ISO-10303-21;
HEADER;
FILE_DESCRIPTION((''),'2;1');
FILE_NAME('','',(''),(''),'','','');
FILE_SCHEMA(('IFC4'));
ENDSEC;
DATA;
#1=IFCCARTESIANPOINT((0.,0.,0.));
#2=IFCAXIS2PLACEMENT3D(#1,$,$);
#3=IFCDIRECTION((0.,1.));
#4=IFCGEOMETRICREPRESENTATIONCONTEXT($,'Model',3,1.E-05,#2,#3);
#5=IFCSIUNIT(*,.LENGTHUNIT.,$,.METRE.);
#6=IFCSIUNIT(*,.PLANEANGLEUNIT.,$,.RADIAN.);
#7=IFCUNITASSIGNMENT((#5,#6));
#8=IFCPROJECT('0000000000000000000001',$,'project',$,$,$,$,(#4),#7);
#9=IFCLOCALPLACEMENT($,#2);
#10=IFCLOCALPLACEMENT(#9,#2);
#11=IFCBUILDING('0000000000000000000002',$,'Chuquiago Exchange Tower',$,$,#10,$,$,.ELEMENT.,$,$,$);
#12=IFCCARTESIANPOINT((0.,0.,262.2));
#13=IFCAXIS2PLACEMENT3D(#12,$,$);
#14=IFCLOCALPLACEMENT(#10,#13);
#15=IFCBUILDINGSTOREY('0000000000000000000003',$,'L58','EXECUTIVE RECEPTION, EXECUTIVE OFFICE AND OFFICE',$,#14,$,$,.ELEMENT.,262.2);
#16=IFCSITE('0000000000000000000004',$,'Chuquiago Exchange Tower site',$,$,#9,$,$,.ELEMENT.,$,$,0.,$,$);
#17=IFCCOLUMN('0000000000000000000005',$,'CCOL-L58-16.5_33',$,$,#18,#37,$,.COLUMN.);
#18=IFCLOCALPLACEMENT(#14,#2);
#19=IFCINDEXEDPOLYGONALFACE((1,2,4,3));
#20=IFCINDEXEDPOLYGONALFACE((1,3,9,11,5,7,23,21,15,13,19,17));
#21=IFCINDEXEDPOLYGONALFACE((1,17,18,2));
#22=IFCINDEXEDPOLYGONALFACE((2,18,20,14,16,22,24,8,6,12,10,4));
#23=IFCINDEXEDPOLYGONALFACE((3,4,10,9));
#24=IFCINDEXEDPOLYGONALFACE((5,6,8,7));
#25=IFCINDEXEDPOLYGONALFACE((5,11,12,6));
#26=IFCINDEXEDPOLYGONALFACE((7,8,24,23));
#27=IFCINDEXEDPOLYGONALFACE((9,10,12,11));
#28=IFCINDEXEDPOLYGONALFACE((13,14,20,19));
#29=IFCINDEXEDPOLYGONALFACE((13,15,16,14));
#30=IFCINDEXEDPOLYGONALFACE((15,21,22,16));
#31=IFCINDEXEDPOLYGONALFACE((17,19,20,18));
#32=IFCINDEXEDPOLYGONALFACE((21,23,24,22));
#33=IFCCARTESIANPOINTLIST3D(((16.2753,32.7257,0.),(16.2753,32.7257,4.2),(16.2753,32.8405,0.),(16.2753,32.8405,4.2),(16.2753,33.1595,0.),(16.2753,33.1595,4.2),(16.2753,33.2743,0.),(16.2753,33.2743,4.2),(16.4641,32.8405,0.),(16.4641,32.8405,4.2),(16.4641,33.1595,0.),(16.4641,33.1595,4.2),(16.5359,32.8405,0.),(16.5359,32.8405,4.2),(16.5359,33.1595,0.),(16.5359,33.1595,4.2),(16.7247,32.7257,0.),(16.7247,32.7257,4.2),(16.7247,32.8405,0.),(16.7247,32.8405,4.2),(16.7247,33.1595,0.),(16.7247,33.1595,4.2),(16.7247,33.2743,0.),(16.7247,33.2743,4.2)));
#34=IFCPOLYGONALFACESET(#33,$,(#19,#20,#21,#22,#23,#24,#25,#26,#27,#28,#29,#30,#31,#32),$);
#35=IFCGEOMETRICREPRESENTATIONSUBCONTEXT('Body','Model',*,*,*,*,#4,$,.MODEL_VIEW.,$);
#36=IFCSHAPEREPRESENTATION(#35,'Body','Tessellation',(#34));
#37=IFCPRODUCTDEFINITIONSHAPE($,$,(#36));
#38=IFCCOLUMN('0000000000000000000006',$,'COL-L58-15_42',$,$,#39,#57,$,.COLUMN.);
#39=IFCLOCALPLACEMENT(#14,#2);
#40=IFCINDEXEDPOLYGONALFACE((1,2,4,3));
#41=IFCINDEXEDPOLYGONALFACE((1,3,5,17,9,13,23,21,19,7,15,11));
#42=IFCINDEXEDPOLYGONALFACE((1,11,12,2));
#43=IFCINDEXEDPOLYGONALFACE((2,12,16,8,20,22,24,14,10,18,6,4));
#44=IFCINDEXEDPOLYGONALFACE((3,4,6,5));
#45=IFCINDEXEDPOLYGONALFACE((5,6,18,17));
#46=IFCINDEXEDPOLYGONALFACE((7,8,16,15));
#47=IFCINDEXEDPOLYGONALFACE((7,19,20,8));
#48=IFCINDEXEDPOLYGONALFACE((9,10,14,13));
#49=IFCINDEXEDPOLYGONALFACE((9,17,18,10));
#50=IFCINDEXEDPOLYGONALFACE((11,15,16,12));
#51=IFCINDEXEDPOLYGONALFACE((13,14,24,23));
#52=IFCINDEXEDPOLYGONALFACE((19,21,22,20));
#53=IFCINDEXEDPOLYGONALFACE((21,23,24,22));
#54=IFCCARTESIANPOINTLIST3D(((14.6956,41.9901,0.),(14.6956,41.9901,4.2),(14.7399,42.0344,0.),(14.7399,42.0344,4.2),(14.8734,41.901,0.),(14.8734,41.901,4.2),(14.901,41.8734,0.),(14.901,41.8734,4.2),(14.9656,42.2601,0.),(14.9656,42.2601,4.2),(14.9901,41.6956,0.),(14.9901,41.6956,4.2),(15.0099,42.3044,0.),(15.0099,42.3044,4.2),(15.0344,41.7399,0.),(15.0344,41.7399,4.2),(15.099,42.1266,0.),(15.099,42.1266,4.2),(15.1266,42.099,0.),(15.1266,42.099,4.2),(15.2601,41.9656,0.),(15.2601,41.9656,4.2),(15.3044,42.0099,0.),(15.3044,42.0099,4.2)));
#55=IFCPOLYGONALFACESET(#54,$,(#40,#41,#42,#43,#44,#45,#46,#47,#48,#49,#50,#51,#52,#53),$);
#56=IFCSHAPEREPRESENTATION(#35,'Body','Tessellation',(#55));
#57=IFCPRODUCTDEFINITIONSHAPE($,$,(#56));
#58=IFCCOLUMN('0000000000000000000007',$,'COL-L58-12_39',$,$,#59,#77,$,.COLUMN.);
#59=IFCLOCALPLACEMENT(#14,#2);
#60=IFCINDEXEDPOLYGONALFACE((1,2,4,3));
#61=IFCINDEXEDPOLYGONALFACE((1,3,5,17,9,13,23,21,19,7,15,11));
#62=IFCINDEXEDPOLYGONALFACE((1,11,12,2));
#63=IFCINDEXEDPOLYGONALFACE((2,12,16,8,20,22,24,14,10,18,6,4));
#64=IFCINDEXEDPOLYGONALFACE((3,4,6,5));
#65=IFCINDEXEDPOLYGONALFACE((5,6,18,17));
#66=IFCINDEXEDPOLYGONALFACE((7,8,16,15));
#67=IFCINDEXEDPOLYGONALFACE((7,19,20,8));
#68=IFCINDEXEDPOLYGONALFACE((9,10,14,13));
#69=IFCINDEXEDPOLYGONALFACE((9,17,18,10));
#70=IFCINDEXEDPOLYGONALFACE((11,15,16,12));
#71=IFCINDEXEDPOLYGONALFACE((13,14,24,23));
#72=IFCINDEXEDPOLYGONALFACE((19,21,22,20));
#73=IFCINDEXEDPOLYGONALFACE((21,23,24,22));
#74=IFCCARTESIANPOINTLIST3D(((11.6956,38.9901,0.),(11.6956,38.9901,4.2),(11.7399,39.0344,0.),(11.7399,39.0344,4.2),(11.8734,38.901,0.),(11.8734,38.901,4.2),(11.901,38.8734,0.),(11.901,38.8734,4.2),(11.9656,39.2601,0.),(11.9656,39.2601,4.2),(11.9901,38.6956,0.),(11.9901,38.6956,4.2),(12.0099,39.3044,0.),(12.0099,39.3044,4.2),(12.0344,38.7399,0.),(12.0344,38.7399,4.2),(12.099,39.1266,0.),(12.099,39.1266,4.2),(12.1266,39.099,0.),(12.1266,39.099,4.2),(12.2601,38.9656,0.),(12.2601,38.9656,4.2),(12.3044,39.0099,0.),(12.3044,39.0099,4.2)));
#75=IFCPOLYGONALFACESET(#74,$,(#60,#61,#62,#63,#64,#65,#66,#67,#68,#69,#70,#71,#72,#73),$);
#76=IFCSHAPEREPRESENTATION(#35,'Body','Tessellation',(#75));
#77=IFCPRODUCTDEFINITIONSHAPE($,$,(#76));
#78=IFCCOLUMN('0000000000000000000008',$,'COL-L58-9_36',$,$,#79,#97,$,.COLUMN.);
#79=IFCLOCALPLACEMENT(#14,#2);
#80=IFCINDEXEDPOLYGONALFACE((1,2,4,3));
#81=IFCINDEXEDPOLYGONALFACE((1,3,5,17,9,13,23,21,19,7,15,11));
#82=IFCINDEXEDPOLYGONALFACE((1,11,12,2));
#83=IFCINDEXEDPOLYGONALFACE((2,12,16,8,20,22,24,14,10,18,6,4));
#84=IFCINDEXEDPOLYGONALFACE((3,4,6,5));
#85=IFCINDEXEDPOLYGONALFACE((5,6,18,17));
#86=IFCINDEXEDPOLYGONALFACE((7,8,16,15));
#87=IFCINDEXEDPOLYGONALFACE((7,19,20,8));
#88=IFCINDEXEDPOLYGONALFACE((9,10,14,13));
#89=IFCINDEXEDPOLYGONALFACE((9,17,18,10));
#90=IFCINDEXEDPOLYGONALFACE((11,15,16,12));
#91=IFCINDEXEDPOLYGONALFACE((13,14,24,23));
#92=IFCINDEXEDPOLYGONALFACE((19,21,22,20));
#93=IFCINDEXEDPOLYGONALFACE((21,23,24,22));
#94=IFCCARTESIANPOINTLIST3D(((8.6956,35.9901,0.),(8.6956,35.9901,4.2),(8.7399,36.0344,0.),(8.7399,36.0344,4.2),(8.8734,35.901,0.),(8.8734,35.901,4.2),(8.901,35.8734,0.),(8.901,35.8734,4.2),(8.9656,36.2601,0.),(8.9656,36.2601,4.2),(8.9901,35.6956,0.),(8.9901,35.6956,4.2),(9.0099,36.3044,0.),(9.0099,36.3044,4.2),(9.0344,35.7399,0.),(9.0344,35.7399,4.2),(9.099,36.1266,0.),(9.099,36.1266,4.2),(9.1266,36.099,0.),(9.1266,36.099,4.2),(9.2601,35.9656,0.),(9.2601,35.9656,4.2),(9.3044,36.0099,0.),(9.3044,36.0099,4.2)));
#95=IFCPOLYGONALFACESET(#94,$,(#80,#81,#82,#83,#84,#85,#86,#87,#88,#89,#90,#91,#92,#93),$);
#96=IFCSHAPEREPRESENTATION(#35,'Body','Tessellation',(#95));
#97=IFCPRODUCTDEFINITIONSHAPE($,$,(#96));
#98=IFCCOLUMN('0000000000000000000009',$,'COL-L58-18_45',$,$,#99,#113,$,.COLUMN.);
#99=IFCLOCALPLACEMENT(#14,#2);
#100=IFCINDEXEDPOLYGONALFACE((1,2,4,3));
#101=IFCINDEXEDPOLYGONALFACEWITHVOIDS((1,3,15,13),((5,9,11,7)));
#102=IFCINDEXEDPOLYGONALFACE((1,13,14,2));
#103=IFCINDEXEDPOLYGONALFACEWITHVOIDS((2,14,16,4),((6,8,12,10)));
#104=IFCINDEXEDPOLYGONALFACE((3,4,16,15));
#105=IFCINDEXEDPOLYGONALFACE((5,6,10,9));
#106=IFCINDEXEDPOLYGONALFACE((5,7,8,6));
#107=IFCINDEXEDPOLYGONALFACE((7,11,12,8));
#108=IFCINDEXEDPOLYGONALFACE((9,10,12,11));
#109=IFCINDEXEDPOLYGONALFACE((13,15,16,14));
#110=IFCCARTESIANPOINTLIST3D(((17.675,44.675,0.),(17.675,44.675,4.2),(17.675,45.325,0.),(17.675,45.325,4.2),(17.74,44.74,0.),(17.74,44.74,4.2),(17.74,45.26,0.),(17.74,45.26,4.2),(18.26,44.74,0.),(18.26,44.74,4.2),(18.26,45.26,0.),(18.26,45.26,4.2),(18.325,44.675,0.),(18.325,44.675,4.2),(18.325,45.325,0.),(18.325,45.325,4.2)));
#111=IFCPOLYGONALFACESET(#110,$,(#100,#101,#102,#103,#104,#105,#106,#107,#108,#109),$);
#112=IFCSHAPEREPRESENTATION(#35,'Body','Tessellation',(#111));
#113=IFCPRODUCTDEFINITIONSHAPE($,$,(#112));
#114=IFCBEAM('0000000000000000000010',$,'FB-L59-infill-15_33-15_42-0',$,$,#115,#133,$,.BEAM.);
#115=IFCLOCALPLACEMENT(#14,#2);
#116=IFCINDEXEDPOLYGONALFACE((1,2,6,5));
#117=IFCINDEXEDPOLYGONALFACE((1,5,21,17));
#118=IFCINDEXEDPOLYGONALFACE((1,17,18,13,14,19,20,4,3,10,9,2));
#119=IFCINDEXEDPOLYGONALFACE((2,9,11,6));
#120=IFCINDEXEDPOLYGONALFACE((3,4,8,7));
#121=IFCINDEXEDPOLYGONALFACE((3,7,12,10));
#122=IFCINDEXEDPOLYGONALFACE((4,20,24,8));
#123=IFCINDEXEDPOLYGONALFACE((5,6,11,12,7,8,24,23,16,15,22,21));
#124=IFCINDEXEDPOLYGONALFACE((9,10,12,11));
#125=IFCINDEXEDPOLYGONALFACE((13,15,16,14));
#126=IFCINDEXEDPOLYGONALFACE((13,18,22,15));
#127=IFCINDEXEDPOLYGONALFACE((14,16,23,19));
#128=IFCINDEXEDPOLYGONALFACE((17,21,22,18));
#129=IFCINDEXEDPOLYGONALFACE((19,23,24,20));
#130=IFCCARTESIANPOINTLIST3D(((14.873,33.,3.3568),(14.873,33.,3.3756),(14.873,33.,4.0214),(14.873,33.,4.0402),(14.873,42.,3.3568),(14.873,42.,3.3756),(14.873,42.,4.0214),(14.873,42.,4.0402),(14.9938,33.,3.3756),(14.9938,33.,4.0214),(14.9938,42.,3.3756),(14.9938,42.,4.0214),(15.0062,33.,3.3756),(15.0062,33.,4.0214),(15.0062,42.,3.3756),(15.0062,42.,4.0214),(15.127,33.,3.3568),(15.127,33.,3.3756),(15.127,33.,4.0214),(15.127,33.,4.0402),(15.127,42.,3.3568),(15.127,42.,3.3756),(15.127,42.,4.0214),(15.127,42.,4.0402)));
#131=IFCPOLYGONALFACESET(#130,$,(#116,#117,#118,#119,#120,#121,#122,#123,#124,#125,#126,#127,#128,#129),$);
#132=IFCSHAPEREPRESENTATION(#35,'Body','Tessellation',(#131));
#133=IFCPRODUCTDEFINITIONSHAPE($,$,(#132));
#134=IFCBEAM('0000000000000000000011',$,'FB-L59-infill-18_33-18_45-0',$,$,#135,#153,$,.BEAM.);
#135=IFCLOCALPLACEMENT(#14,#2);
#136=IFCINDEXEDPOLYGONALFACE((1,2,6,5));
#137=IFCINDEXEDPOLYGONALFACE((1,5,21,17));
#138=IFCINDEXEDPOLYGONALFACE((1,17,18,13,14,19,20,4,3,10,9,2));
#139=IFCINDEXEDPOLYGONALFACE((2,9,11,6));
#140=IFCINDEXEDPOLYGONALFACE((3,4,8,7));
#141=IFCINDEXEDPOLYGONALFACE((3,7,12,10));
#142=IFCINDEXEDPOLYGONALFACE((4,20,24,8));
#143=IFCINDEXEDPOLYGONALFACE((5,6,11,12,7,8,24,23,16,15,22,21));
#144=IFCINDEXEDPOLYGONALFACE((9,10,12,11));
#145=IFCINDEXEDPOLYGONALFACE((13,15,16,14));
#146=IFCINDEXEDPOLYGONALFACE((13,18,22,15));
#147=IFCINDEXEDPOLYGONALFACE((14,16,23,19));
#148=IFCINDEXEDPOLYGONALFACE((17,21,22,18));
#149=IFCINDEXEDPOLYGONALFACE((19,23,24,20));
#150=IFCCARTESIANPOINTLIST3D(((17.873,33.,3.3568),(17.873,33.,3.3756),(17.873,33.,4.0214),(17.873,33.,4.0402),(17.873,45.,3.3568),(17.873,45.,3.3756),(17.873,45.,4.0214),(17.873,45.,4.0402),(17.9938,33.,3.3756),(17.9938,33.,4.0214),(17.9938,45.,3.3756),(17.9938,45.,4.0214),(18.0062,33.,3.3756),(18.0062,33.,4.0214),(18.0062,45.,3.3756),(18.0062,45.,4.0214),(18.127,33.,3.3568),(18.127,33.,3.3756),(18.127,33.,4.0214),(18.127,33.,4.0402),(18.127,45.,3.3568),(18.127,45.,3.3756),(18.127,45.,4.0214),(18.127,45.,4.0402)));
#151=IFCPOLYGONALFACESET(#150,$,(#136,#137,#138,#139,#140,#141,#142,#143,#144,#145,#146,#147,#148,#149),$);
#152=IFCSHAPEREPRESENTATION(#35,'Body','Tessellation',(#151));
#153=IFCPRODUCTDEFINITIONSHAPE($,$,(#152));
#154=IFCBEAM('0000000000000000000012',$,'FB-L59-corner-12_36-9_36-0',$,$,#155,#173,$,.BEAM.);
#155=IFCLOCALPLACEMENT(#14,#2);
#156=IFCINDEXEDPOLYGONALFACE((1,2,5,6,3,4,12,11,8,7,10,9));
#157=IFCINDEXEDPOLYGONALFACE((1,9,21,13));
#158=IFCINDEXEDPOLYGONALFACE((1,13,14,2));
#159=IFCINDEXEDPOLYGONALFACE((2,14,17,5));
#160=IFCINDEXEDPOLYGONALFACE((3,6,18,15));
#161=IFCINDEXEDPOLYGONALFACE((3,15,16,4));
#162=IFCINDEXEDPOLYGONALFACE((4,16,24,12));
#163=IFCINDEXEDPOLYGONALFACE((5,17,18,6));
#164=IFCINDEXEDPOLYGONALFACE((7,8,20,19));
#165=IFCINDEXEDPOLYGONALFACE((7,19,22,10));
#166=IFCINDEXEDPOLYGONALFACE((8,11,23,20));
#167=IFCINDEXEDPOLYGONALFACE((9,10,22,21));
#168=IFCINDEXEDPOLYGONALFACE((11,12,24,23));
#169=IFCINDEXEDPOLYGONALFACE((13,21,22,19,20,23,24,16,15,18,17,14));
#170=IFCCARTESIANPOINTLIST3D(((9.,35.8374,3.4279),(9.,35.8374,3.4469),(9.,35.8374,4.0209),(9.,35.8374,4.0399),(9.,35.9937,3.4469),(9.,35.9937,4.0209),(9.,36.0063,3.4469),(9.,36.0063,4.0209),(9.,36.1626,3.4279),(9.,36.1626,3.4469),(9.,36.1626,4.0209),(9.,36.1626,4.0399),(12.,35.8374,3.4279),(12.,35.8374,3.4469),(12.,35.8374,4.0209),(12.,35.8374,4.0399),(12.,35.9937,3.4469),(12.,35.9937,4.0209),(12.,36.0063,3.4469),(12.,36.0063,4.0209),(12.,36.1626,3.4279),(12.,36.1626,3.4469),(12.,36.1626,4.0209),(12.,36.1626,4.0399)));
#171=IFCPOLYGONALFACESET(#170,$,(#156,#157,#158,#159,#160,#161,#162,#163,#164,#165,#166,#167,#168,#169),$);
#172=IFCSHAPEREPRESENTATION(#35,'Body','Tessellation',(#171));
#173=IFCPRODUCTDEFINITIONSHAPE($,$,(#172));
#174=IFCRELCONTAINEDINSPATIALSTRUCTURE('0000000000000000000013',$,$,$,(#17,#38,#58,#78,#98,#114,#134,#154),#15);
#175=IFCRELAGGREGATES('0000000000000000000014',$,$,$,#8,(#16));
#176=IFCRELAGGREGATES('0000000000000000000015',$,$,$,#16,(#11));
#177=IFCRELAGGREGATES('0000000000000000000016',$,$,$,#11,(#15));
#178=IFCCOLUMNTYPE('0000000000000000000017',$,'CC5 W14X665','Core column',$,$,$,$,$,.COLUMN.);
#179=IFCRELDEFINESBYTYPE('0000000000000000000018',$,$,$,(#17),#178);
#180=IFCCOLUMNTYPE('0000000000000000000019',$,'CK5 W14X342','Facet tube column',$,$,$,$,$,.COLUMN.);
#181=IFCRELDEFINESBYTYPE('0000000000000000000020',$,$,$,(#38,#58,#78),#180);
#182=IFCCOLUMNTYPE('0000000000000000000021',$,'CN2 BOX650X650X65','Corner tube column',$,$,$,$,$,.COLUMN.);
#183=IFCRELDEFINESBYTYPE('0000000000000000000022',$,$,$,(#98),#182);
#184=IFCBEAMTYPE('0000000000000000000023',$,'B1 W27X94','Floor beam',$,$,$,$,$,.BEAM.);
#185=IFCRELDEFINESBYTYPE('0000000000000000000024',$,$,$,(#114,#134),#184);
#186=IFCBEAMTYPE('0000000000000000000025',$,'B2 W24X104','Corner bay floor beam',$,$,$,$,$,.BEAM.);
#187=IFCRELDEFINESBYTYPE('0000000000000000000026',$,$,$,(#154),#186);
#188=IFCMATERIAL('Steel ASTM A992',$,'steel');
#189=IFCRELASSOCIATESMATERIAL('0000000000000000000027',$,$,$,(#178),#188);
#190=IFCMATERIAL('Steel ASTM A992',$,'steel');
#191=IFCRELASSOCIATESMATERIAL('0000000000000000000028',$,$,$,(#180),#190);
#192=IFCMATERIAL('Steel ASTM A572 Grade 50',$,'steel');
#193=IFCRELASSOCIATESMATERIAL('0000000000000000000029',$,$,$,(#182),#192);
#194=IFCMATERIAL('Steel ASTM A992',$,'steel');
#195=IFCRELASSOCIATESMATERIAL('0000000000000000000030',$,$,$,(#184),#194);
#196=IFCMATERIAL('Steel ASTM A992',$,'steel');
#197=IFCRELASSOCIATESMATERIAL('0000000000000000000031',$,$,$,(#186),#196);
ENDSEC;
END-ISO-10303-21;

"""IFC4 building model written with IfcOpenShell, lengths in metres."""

from ifc_helpers import new_model, si_unit, direction, frame, origin, origin_2d, place, context, subcontext, project, spatial, hollow_rectangle, i_section, extrude, material, material_profile, profile_set, type_object, element, save


model = new_model("IFC4")

# Units and contexts
model_context = context("Model", 3, precision=1e-05, world=origin(), true_north=direction((0.0, 1.0)))
body_context = subcontext(model_context, "Body", "Model", "MODEL_VIEW")
ifc_project = project(units=[si_unit("LENGTHUNIT", "METRE"), si_unit("PLANEANGLEUNIT", "RADIAN")], contexts=[model_context])

# Site, building, storey
site_placement = place(None, origin())
site = spatial("IfcSite", under=ifc_project, at=site_placement, Name="Chuquiago Exchange Tower site", CompositionType="ELEMENT", RefElevation=0.0)
building_placement = place(site_placement, origin())
building = spatial("IfcBuilding", under=site, at=building_placement, Name="Chuquiago Exchange Tower", CompositionType="ELEMENT")
storey_placement = place(building_placement, frame((0.0, 0.0, 262.2)))
storey = spatial("IfcBuildingStorey", under=building, at=storey_placement, Name="L58", Description="EXECUTIVE RECEPTION, EXECUTIVE OFFICE AND OFFICE", CompositionType="ELEMENT", Elevation=262.2)

# Columns
ifc_material_1 = material(Name="Steel ASTM A992", Category="steel")
ifc_material_profile_1 = material_profile(ifc_material_1, i_section(OverallWidth=0.4495, OverallDepth=0.5486, WebThickness=0.0718, FlangeThickness=0.1147, at=origin_2d()), Name="W14X665")
ifc_profile_set_1 = profile_set([ifc_material_profile_1], Name="Steel ASTM A992")
column_type_1 = type_object("IfcColumnType", Name="CC5 W14X665", Description="Core column", PredefinedType="COLUMN", material=ifc_profile_set_1)
column_1_placement = place(storey_placement, frame((16.5, 33.0, 0.0), z_axis=(0.0, 0.0, 1.0), x_axis=(1.0, 0.0, 0.0)))
element("IfcColumn", 1, at=column_1_placement, inside=storey, type_object=column_type_1, Name="CCOL-L58-16.5_33", PredefinedType="COLUMN", context=body_context, shape_type="SweptSolid", body=[
    extrude(i_section(OverallWidth=0.4495, OverallDepth=0.5486, WebThickness=0.0718, FlangeThickness=0.1147, at=origin_2d()), origin(), (0.0, 0.0, 1.0), 4.2),
])
ifc_material_2 = material(Name="Steel ASTM A992", Category="steel")
ifc_material_profile_2 = material_profile(ifc_material_2, i_section(OverallWidth=0.4165, OverallDepth=0.4446, WebThickness=0.0391, FlangeThickness=0.0627, at=origin_2d()), Name="W14X342")
ifc_profile_set_2 = profile_set([ifc_material_profile_2], Name="Steel ASTM A992")
column_type_2 = type_object("IfcColumnType", Name="CK5 W14X342", Description="Facet tube column", PredefinedType="COLUMN", material=ifc_profile_set_2)
for number, where, z_axis, x_axis, name in (
    (2, (15.0, 42.0, 0.0), (0.0, 0.0, 1.0), (-0.707107, 0.707107, 0.0), "COL-L58-15_42"),
    (3, (12.0, 39.0, 0.0), (0.0, 0.0, 1.0), (-0.707107, 0.707107, 0.0), "COL-L58-12_39"),
    (4, (9.0, 36.0, 0.0), (0.0, 0.0, 1.0), (-0.707107, 0.707107, 0.0), "COL-L58-9_36"),
):
    element("IfcColumn", number, at=place(storey_placement, frame(where, z_axis=z_axis, x_axis=x_axis)), inside=storey, type_object=column_type_2, Name=name, PredefinedType="COLUMN", context=body_context, shape_type="SweptSolid", body=[
        extrude(i_section(OverallWidth=0.4165, OverallDepth=0.4446, WebThickness=0.0391, FlangeThickness=0.0627, at=origin_2d()), origin(), (0.0, 0.0, 1.0), 4.2),
    ])
ifc_material_3 = material(Name="Steel ASTM A572 Grade 50", Category="steel")
ifc_material_profile_3 = material_profile(ifc_material_3, hollow_rectangle(XDim=0.6499, YDim=0.6499, WallThickness=0.0649, at=origin_2d()), Name="BOX650X650X65")
ifc_profile_set_3 = profile_set([ifc_material_profile_3], Name="Steel ASTM A572 Grade 50")
column_type_3 = type_object("IfcColumnType", Name="CN2 BOX650X650X65", Description="Corner tube column", PredefinedType="COLUMN", material=ifc_profile_set_3)
column_2_placement = place(storey_placement, frame((18.0, 45.0, 0.0), z_axis=(0.0, 0.0, 1.0), x_axis=(0.0, 1.0, 0.0)))
element("IfcColumn", 5, at=column_2_placement, inside=storey, type_object=column_type_3, Name="COL-L58-18_45", PredefinedType="COLUMN", context=body_context, shape_type="SweptSolid", body=[
    extrude(hollow_rectangle(XDim=0.6499, YDim=0.6499, WallThickness=0.0649, at=origin_2d()), origin(), (0.0, 0.0, 1.0), 4.2),
])

# Beams
ifc_material_4 = material(Name="Steel ASTM A992", Category="steel")
ifc_material_profile_4 = material_profile(ifc_material_4, i_section(OverallWidth=0.2539, OverallDepth=0.6833, WebThickness=0.0125, FlangeThickness=0.0188, at=origin_2d()), Name="W27X94")
ifc_profile_set_4 = profile_set([ifc_material_profile_4], Name="Steel ASTM A992")
beam_type_1 = type_object("IfcBeamType", Name="B1 W27X94", Description="Floor beam", PredefinedType="BEAM", material=ifc_profile_set_4)
beam_1_placement = place(storey_placement, frame((15.0, 33.0, 3.6985), z_axis=(0.0, 1.0, 0.0), x_axis=(-1.0, 0.0, 0.0)))
element("IfcBeam", 6, at=beam_1_placement, inside=storey, type_object=beam_type_1, Name="FB-L59-infill-15_33-15_42-0", PredefinedType="BEAM", context=body_context, shape_type="SweptSolid", body=[
    extrude(i_section(OverallWidth=0.2539, OverallDepth=0.6833, WebThickness=0.0125, FlangeThickness=0.0188, at=origin_2d()), origin(), (0.0, 0.0, 1.0), 9.0),
])
beam_2_placement = place(storey_placement, frame((18.0, 33.0, 3.6985), z_axis=(0.0, 1.0, 0.0), x_axis=(-1.0, 0.0, 0.0)))
element("IfcBeam", 7, at=beam_2_placement, inside=storey, type_object=beam_type_1, Name="FB-L59-infill-18_33-18_45-0", PredefinedType="BEAM", context=body_context, shape_type="SweptSolid", body=[
    extrude(i_section(OverallWidth=0.2539, OverallDepth=0.6833, WebThickness=0.0125, FlangeThickness=0.0188, at=origin_2d()), origin(), (0.0, 0.0, 1.0), 12.0),
])
ifc_material_5 = material(Name="Steel ASTM A992", Category="steel")
ifc_material_profile_5 = material_profile(ifc_material_5, i_section(OverallWidth=0.3252, OverallDepth=0.6121, WebThickness=0.0127, FlangeThickness=0.019, at=origin_2d()), Name="W24X104")
ifc_profile_set_5 = profile_set([ifc_material_profile_5], Name="Steel ASTM A992")
beam_type_2 = type_object("IfcBeamType", Name="B2 W24X104", Description="Corner bay floor beam", PredefinedType="BEAM", material=ifc_profile_set_5)
beam_3_placement = place(storey_placement, frame((12.0, 36.0, 3.7339), z_axis=(-1.0, 0.0, 0.0), x_axis=(0.0, -1.0, 0.0)))
element("IfcBeam", 8, at=beam_3_placement, inside=storey, type_object=beam_type_2, Name="FB-L59-corner-12_36-9_36-0", PredefinedType="BEAM", context=body_context, shape_type="SweptSolid", body=[
    extrude(i_section(OverallWidth=0.3252, OverallDepth=0.6121, WebThickness=0.0127, FlangeThickness=0.019, at=origin_2d()), origin(), (0.0, 0.0, 1.0), 3.0),
])

save(model, "model.ifc")
